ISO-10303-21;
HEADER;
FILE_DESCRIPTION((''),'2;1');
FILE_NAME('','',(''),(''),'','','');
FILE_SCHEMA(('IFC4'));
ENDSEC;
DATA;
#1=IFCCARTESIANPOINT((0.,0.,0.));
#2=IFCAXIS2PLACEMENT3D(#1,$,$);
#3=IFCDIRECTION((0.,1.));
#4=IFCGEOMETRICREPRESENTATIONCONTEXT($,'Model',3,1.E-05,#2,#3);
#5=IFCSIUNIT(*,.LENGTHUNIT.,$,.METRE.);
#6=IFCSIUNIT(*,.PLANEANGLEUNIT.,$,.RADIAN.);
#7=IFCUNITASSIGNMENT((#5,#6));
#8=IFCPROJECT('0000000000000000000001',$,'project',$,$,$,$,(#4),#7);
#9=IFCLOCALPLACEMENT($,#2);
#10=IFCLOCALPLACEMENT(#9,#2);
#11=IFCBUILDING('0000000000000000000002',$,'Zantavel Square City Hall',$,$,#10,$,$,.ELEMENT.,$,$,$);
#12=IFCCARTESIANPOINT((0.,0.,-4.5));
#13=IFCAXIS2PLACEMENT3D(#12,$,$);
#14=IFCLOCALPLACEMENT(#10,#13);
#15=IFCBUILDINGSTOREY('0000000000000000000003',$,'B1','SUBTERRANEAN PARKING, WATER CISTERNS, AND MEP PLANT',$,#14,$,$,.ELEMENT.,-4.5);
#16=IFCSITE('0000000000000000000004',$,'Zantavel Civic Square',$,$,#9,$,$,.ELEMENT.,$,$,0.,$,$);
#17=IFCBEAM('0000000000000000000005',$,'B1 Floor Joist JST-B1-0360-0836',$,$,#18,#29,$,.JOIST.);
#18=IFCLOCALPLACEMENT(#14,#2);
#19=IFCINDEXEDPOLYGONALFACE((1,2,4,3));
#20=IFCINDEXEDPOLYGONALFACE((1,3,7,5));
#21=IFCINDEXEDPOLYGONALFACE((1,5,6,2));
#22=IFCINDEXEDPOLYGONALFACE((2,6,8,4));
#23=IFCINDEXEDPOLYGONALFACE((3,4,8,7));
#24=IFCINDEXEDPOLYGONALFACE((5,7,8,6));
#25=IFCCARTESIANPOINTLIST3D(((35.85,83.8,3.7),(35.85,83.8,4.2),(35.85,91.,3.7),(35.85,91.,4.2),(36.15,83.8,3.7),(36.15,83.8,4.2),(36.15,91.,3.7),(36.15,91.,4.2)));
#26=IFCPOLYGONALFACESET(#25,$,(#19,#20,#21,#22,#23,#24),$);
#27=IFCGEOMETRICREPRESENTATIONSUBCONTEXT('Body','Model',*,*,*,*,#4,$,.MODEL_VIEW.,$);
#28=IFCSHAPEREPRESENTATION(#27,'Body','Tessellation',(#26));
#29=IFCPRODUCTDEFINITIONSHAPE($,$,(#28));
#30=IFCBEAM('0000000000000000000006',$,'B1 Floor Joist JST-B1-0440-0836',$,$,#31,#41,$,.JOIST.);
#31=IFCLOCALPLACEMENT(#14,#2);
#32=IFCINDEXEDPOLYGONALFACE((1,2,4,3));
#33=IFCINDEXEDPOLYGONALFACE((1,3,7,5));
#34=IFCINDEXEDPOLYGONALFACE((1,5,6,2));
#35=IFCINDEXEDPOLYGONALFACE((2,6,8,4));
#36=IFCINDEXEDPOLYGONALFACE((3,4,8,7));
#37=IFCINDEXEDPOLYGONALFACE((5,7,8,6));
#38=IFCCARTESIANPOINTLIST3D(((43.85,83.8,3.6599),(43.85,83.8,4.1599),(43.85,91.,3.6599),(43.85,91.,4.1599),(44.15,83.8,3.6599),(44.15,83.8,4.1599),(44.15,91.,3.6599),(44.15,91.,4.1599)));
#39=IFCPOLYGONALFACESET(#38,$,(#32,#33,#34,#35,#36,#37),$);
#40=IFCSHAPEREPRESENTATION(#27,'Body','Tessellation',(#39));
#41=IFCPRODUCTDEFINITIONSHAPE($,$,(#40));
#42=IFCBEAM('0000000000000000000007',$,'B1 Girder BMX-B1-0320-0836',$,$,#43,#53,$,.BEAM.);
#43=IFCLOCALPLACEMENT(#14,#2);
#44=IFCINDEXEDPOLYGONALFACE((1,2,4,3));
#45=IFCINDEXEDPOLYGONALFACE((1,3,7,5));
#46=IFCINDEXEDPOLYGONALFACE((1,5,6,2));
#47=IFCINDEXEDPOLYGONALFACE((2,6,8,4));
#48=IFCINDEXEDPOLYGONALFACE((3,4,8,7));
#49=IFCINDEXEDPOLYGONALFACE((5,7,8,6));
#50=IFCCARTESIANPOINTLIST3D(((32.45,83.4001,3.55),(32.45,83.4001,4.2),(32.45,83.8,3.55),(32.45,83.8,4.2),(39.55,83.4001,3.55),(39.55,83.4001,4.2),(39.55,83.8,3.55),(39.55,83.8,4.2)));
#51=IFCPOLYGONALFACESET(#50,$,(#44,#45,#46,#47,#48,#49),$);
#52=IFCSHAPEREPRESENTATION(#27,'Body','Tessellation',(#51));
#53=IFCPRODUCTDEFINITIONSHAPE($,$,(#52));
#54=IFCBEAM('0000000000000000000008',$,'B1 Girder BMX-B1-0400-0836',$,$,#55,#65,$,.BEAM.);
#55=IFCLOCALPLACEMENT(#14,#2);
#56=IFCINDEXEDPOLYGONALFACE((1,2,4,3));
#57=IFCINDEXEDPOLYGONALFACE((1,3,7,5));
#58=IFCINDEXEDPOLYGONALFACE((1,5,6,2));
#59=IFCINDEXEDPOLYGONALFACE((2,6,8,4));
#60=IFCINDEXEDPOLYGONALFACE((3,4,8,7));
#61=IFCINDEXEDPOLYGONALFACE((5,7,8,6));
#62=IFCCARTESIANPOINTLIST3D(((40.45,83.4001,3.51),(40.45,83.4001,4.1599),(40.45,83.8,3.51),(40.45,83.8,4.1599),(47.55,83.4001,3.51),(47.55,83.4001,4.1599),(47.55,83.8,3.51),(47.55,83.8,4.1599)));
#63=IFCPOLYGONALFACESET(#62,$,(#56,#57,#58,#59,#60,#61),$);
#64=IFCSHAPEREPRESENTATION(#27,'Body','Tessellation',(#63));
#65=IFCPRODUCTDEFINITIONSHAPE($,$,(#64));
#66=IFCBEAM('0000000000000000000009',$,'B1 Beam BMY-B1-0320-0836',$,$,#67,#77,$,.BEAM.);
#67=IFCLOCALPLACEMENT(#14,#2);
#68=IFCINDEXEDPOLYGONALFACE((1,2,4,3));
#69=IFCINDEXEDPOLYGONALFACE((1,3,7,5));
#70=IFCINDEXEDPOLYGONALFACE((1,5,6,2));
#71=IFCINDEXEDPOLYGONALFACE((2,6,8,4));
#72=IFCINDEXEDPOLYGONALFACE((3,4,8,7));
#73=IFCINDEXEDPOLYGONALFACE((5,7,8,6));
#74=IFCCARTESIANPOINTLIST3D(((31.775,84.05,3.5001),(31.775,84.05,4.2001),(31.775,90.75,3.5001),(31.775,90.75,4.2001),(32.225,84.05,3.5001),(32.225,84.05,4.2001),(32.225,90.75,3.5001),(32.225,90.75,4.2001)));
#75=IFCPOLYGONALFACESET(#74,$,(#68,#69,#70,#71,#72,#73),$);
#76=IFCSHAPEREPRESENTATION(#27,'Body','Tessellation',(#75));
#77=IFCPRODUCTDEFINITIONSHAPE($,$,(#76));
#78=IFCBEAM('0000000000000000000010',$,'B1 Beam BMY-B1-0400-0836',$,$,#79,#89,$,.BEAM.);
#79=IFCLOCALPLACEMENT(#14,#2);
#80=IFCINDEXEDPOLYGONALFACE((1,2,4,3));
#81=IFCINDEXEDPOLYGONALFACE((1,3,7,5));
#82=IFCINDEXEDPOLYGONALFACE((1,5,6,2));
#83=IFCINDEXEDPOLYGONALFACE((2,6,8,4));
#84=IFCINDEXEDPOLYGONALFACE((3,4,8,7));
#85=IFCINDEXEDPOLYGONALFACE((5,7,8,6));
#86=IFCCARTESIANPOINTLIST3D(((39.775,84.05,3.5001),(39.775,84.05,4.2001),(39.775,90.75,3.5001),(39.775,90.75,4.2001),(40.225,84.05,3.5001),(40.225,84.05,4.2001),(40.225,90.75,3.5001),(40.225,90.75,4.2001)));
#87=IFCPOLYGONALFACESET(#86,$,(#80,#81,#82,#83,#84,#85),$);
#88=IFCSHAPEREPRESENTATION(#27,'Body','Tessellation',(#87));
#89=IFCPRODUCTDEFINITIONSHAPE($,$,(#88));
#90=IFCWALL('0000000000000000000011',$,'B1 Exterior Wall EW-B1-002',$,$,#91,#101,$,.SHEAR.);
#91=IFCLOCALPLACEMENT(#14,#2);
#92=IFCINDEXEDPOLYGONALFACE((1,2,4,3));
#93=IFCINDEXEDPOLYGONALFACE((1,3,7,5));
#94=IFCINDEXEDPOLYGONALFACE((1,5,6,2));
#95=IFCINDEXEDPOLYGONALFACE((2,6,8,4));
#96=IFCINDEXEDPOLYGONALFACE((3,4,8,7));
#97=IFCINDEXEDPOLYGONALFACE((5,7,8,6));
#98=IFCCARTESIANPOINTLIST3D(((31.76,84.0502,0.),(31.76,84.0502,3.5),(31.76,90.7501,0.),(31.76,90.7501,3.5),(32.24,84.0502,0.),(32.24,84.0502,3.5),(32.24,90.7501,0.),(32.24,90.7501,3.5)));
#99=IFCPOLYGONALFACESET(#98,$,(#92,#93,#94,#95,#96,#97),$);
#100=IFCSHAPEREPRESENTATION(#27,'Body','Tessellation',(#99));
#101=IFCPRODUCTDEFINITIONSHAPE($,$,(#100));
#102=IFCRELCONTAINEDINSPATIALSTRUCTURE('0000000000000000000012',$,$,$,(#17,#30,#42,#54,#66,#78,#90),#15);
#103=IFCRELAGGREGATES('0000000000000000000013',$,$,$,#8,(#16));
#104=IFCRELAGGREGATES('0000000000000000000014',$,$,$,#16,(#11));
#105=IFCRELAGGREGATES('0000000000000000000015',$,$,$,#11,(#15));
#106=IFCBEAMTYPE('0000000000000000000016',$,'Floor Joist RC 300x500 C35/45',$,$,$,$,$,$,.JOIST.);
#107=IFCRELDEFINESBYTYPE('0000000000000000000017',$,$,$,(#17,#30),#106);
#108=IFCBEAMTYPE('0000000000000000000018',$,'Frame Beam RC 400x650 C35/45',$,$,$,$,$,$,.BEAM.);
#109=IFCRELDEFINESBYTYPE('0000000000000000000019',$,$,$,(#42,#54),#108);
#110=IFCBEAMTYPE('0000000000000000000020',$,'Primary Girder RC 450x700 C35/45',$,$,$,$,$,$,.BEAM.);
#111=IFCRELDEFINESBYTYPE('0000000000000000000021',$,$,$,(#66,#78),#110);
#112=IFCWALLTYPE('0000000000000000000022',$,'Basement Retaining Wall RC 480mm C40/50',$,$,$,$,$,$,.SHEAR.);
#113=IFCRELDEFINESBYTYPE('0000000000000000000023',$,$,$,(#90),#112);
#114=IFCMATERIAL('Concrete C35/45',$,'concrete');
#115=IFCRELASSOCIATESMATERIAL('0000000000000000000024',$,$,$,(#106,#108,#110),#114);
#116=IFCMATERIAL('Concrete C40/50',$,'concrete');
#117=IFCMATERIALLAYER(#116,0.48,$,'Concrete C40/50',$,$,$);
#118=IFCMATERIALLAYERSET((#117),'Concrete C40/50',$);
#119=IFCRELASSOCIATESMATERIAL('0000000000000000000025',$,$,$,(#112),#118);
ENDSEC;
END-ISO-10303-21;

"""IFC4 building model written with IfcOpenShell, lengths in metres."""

from ifc_helpers import new_model, si_unit, direction, frame, frame_2d, origin, origin_2d, place, context, subcontext, project, spatial, rectangle, extrude, material, layer, layer_set, material_profile, profile_set, type_object, element, save


model = new_model("IFC4")

# Units and contexts
model_context = context("Model", 3, precision=1e-05, world=origin(), true_north=direction((0.0, 1.0)))
body_context = subcontext(model_context, "Body", "Model", "MODEL_VIEW")
ifc_project = project(units=[si_unit("LENGTHUNIT", "METRE"), si_unit("PLANEANGLEUNIT", "RADIAN")], contexts=[model_context])

# Site, building, storey
site_placement = place(None, origin())
site = spatial("IfcSite", under=ifc_project, at=site_placement, Name="Zantavel Civic Square", CompositionType="ELEMENT", RefElevation=0.0)
building_placement = place(site_placement, origin())
building = spatial("IfcBuilding", under=site, at=building_placement, Name="Zantavel Square City Hall", CompositionType="ELEMENT")
storey_placement = place(building_placement, frame((0.0, 0.0, -4.5)))
storey = spatial("IfcBuildingStorey", under=building, at=storey_placement, Name="B1", Description="SUBTERRANEAN PARKING, WATER CISTERNS, AND MEP PLANT", CompositionType="ELEMENT", Elevation=-4.5)

# Shared definitions
ifc_material_1 = material(Name="Concrete C35/45", Category="concrete")

# Shared definitions
ifc_material_2 = material(Name="Concrete C40/50", Category="concrete")

# Beams
ifc_material_profile_1 = material_profile(ifc_material_1, rectangle(XDim=0.3, YDim=0.5, at=origin_2d()), Name="RC 300x500")
ifc_profile_set_1 = profile_set([ifc_material_profile_1], Name="Concrete C35/45")
beam_type_1 = type_object("IfcBeamType", Name="Floor Joist RC 300x500 C35/45", PredefinedType="JOIST", material=ifc_profile_set_1)
for number, where, z_axis, x_axis, name in (
    (1, (36.0, 83.8, 3.95), (0.0, 1.0, 0.0), (-1.0, 0.0, 0.0), "B1 Floor Joist JST-B1-0360-0836"),
    (2, (44.0, 83.8, 3.9099), (0.0, 1.0, 0.0), (-1.0, 0.0, 0.0), "B1 Floor Joist JST-B1-0440-0836"),
):
    element("IfcBeam", number, at=place(storey_placement, frame(where, z_axis=z_axis, x_axis=x_axis)), inside=storey, type_object=beam_type_1, Name=name, PredefinedType="JOIST", context=body_context, shape_type="SweptSolid", body=[
        extrude(rectangle(XDim=0.3, YDim=0.5, at=origin_2d()), origin(), (0.0, 0.0, 1.0), 7.2),
    ])
ifc_material_profile_2 = material_profile(ifc_material_1, rectangle(XDim=0.3999, YDim=0.6499, at=origin_2d()), Name="RC 400x650")
ifc_profile_set_2 = profile_set([ifc_material_profile_2], Name="Concrete C35/45")
beam_type_2 = type_object("IfcBeamType", Name="Frame Beam RC 400x650 C35/45", PredefinedType="BEAM", material=ifc_profile_set_2)
for number, where, z_axis, x_axis, name in (
    (3, (32.45, 83.6001, 3.875), (1.0, 0.0, 0.0), (0.0, 1.0, 0.0), "B1 Girder BMX-B1-0320-0836"),
    (4, (40.45, 83.6001, 3.835), (1.0, 0.0, 0.0), (0.0, 1.0, 0.0), "B1 Girder BMX-B1-0400-0836"),
):
    element("IfcBeam", number, at=place(storey_placement, frame(where, z_axis=z_axis, x_axis=x_axis)), inside=storey, type_object=beam_type_2, Name=name, PredefinedType="BEAM", context=body_context, shape_type="SweptSolid", body=[
        extrude(rectangle(XDim=0.3999, YDim=0.6499, at=origin_2d()), origin(), (0.0, 0.0, 1.0), 7.1001),
    ])
ifc_material_profile_3 = material_profile(ifc_material_1, rectangle(XDim=0.45, YDim=0.7, at=origin_2d()), Name="RC 450x700")
ifc_profile_set_3 = profile_set([ifc_material_profile_3], Name="Concrete C35/45")
beam_type_3 = type_object("IfcBeamType", Name="Primary Girder RC 450x700 C35/45", PredefinedType="BEAM", material=ifc_profile_set_3)
for number, where, z_axis, x_axis, name in (
    (5, (32.0, 84.05, 3.8501), (0.0, 1.0, 0.0), (-1.0, 0.0, 0.0), "B1 Beam BMY-B1-0320-0836"),
    (6, (40.0, 84.05, 3.8501), (0.0, 1.0, 0.0), (-1.0, 0.0, 0.0), "B1 Beam BMY-B1-0400-0836"),
):
    element("IfcBeam", number, at=place(storey_placement, frame(where, z_axis=z_axis, x_axis=x_axis)), inside=storey, type_object=beam_type_3, Name=name, PredefinedType="BEAM", context=body_context, shape_type="SweptSolid", body=[
        extrude(rectangle(XDim=0.45, YDim=0.7, at=origin_2d()), origin(), (0.0, 0.0, 1.0), 6.7),
    ])

# Wall
ifc_layer_1 = layer(ifc_material_2, 0.48, Name="Concrete C40/50")
ifc_layer_set_1 = layer_set([ifc_layer_1], Name="Concrete C40/50")
wall_type = type_object("IfcWallType", Name="Basement Retaining Wall RC 480mm C40/50", PredefinedType="SHEAR", material=ifc_layer_set_1)
wall_placement = place(storey_placement, frame((32.0, 84.05, 0.0), z_axis=(0.0, 0.0, 1.0), x_axis=(0.0, 1.0, 0.0)))
element("IfcWall", 7, at=wall_placement, inside=storey, type_object=wall_type, Name="B1 Exterior Wall EW-B1-002", PredefinedType="SHEAR", context=body_context, shape_type="SweptSolid", body=[
    extrude(rectangle(XDim=6.7, YDim=0.48, at=frame_2d((3.3501, 0.0))), origin(), (0.0, 0.0, 1.0), 3.5),
])

save(model, "model.ifc")
